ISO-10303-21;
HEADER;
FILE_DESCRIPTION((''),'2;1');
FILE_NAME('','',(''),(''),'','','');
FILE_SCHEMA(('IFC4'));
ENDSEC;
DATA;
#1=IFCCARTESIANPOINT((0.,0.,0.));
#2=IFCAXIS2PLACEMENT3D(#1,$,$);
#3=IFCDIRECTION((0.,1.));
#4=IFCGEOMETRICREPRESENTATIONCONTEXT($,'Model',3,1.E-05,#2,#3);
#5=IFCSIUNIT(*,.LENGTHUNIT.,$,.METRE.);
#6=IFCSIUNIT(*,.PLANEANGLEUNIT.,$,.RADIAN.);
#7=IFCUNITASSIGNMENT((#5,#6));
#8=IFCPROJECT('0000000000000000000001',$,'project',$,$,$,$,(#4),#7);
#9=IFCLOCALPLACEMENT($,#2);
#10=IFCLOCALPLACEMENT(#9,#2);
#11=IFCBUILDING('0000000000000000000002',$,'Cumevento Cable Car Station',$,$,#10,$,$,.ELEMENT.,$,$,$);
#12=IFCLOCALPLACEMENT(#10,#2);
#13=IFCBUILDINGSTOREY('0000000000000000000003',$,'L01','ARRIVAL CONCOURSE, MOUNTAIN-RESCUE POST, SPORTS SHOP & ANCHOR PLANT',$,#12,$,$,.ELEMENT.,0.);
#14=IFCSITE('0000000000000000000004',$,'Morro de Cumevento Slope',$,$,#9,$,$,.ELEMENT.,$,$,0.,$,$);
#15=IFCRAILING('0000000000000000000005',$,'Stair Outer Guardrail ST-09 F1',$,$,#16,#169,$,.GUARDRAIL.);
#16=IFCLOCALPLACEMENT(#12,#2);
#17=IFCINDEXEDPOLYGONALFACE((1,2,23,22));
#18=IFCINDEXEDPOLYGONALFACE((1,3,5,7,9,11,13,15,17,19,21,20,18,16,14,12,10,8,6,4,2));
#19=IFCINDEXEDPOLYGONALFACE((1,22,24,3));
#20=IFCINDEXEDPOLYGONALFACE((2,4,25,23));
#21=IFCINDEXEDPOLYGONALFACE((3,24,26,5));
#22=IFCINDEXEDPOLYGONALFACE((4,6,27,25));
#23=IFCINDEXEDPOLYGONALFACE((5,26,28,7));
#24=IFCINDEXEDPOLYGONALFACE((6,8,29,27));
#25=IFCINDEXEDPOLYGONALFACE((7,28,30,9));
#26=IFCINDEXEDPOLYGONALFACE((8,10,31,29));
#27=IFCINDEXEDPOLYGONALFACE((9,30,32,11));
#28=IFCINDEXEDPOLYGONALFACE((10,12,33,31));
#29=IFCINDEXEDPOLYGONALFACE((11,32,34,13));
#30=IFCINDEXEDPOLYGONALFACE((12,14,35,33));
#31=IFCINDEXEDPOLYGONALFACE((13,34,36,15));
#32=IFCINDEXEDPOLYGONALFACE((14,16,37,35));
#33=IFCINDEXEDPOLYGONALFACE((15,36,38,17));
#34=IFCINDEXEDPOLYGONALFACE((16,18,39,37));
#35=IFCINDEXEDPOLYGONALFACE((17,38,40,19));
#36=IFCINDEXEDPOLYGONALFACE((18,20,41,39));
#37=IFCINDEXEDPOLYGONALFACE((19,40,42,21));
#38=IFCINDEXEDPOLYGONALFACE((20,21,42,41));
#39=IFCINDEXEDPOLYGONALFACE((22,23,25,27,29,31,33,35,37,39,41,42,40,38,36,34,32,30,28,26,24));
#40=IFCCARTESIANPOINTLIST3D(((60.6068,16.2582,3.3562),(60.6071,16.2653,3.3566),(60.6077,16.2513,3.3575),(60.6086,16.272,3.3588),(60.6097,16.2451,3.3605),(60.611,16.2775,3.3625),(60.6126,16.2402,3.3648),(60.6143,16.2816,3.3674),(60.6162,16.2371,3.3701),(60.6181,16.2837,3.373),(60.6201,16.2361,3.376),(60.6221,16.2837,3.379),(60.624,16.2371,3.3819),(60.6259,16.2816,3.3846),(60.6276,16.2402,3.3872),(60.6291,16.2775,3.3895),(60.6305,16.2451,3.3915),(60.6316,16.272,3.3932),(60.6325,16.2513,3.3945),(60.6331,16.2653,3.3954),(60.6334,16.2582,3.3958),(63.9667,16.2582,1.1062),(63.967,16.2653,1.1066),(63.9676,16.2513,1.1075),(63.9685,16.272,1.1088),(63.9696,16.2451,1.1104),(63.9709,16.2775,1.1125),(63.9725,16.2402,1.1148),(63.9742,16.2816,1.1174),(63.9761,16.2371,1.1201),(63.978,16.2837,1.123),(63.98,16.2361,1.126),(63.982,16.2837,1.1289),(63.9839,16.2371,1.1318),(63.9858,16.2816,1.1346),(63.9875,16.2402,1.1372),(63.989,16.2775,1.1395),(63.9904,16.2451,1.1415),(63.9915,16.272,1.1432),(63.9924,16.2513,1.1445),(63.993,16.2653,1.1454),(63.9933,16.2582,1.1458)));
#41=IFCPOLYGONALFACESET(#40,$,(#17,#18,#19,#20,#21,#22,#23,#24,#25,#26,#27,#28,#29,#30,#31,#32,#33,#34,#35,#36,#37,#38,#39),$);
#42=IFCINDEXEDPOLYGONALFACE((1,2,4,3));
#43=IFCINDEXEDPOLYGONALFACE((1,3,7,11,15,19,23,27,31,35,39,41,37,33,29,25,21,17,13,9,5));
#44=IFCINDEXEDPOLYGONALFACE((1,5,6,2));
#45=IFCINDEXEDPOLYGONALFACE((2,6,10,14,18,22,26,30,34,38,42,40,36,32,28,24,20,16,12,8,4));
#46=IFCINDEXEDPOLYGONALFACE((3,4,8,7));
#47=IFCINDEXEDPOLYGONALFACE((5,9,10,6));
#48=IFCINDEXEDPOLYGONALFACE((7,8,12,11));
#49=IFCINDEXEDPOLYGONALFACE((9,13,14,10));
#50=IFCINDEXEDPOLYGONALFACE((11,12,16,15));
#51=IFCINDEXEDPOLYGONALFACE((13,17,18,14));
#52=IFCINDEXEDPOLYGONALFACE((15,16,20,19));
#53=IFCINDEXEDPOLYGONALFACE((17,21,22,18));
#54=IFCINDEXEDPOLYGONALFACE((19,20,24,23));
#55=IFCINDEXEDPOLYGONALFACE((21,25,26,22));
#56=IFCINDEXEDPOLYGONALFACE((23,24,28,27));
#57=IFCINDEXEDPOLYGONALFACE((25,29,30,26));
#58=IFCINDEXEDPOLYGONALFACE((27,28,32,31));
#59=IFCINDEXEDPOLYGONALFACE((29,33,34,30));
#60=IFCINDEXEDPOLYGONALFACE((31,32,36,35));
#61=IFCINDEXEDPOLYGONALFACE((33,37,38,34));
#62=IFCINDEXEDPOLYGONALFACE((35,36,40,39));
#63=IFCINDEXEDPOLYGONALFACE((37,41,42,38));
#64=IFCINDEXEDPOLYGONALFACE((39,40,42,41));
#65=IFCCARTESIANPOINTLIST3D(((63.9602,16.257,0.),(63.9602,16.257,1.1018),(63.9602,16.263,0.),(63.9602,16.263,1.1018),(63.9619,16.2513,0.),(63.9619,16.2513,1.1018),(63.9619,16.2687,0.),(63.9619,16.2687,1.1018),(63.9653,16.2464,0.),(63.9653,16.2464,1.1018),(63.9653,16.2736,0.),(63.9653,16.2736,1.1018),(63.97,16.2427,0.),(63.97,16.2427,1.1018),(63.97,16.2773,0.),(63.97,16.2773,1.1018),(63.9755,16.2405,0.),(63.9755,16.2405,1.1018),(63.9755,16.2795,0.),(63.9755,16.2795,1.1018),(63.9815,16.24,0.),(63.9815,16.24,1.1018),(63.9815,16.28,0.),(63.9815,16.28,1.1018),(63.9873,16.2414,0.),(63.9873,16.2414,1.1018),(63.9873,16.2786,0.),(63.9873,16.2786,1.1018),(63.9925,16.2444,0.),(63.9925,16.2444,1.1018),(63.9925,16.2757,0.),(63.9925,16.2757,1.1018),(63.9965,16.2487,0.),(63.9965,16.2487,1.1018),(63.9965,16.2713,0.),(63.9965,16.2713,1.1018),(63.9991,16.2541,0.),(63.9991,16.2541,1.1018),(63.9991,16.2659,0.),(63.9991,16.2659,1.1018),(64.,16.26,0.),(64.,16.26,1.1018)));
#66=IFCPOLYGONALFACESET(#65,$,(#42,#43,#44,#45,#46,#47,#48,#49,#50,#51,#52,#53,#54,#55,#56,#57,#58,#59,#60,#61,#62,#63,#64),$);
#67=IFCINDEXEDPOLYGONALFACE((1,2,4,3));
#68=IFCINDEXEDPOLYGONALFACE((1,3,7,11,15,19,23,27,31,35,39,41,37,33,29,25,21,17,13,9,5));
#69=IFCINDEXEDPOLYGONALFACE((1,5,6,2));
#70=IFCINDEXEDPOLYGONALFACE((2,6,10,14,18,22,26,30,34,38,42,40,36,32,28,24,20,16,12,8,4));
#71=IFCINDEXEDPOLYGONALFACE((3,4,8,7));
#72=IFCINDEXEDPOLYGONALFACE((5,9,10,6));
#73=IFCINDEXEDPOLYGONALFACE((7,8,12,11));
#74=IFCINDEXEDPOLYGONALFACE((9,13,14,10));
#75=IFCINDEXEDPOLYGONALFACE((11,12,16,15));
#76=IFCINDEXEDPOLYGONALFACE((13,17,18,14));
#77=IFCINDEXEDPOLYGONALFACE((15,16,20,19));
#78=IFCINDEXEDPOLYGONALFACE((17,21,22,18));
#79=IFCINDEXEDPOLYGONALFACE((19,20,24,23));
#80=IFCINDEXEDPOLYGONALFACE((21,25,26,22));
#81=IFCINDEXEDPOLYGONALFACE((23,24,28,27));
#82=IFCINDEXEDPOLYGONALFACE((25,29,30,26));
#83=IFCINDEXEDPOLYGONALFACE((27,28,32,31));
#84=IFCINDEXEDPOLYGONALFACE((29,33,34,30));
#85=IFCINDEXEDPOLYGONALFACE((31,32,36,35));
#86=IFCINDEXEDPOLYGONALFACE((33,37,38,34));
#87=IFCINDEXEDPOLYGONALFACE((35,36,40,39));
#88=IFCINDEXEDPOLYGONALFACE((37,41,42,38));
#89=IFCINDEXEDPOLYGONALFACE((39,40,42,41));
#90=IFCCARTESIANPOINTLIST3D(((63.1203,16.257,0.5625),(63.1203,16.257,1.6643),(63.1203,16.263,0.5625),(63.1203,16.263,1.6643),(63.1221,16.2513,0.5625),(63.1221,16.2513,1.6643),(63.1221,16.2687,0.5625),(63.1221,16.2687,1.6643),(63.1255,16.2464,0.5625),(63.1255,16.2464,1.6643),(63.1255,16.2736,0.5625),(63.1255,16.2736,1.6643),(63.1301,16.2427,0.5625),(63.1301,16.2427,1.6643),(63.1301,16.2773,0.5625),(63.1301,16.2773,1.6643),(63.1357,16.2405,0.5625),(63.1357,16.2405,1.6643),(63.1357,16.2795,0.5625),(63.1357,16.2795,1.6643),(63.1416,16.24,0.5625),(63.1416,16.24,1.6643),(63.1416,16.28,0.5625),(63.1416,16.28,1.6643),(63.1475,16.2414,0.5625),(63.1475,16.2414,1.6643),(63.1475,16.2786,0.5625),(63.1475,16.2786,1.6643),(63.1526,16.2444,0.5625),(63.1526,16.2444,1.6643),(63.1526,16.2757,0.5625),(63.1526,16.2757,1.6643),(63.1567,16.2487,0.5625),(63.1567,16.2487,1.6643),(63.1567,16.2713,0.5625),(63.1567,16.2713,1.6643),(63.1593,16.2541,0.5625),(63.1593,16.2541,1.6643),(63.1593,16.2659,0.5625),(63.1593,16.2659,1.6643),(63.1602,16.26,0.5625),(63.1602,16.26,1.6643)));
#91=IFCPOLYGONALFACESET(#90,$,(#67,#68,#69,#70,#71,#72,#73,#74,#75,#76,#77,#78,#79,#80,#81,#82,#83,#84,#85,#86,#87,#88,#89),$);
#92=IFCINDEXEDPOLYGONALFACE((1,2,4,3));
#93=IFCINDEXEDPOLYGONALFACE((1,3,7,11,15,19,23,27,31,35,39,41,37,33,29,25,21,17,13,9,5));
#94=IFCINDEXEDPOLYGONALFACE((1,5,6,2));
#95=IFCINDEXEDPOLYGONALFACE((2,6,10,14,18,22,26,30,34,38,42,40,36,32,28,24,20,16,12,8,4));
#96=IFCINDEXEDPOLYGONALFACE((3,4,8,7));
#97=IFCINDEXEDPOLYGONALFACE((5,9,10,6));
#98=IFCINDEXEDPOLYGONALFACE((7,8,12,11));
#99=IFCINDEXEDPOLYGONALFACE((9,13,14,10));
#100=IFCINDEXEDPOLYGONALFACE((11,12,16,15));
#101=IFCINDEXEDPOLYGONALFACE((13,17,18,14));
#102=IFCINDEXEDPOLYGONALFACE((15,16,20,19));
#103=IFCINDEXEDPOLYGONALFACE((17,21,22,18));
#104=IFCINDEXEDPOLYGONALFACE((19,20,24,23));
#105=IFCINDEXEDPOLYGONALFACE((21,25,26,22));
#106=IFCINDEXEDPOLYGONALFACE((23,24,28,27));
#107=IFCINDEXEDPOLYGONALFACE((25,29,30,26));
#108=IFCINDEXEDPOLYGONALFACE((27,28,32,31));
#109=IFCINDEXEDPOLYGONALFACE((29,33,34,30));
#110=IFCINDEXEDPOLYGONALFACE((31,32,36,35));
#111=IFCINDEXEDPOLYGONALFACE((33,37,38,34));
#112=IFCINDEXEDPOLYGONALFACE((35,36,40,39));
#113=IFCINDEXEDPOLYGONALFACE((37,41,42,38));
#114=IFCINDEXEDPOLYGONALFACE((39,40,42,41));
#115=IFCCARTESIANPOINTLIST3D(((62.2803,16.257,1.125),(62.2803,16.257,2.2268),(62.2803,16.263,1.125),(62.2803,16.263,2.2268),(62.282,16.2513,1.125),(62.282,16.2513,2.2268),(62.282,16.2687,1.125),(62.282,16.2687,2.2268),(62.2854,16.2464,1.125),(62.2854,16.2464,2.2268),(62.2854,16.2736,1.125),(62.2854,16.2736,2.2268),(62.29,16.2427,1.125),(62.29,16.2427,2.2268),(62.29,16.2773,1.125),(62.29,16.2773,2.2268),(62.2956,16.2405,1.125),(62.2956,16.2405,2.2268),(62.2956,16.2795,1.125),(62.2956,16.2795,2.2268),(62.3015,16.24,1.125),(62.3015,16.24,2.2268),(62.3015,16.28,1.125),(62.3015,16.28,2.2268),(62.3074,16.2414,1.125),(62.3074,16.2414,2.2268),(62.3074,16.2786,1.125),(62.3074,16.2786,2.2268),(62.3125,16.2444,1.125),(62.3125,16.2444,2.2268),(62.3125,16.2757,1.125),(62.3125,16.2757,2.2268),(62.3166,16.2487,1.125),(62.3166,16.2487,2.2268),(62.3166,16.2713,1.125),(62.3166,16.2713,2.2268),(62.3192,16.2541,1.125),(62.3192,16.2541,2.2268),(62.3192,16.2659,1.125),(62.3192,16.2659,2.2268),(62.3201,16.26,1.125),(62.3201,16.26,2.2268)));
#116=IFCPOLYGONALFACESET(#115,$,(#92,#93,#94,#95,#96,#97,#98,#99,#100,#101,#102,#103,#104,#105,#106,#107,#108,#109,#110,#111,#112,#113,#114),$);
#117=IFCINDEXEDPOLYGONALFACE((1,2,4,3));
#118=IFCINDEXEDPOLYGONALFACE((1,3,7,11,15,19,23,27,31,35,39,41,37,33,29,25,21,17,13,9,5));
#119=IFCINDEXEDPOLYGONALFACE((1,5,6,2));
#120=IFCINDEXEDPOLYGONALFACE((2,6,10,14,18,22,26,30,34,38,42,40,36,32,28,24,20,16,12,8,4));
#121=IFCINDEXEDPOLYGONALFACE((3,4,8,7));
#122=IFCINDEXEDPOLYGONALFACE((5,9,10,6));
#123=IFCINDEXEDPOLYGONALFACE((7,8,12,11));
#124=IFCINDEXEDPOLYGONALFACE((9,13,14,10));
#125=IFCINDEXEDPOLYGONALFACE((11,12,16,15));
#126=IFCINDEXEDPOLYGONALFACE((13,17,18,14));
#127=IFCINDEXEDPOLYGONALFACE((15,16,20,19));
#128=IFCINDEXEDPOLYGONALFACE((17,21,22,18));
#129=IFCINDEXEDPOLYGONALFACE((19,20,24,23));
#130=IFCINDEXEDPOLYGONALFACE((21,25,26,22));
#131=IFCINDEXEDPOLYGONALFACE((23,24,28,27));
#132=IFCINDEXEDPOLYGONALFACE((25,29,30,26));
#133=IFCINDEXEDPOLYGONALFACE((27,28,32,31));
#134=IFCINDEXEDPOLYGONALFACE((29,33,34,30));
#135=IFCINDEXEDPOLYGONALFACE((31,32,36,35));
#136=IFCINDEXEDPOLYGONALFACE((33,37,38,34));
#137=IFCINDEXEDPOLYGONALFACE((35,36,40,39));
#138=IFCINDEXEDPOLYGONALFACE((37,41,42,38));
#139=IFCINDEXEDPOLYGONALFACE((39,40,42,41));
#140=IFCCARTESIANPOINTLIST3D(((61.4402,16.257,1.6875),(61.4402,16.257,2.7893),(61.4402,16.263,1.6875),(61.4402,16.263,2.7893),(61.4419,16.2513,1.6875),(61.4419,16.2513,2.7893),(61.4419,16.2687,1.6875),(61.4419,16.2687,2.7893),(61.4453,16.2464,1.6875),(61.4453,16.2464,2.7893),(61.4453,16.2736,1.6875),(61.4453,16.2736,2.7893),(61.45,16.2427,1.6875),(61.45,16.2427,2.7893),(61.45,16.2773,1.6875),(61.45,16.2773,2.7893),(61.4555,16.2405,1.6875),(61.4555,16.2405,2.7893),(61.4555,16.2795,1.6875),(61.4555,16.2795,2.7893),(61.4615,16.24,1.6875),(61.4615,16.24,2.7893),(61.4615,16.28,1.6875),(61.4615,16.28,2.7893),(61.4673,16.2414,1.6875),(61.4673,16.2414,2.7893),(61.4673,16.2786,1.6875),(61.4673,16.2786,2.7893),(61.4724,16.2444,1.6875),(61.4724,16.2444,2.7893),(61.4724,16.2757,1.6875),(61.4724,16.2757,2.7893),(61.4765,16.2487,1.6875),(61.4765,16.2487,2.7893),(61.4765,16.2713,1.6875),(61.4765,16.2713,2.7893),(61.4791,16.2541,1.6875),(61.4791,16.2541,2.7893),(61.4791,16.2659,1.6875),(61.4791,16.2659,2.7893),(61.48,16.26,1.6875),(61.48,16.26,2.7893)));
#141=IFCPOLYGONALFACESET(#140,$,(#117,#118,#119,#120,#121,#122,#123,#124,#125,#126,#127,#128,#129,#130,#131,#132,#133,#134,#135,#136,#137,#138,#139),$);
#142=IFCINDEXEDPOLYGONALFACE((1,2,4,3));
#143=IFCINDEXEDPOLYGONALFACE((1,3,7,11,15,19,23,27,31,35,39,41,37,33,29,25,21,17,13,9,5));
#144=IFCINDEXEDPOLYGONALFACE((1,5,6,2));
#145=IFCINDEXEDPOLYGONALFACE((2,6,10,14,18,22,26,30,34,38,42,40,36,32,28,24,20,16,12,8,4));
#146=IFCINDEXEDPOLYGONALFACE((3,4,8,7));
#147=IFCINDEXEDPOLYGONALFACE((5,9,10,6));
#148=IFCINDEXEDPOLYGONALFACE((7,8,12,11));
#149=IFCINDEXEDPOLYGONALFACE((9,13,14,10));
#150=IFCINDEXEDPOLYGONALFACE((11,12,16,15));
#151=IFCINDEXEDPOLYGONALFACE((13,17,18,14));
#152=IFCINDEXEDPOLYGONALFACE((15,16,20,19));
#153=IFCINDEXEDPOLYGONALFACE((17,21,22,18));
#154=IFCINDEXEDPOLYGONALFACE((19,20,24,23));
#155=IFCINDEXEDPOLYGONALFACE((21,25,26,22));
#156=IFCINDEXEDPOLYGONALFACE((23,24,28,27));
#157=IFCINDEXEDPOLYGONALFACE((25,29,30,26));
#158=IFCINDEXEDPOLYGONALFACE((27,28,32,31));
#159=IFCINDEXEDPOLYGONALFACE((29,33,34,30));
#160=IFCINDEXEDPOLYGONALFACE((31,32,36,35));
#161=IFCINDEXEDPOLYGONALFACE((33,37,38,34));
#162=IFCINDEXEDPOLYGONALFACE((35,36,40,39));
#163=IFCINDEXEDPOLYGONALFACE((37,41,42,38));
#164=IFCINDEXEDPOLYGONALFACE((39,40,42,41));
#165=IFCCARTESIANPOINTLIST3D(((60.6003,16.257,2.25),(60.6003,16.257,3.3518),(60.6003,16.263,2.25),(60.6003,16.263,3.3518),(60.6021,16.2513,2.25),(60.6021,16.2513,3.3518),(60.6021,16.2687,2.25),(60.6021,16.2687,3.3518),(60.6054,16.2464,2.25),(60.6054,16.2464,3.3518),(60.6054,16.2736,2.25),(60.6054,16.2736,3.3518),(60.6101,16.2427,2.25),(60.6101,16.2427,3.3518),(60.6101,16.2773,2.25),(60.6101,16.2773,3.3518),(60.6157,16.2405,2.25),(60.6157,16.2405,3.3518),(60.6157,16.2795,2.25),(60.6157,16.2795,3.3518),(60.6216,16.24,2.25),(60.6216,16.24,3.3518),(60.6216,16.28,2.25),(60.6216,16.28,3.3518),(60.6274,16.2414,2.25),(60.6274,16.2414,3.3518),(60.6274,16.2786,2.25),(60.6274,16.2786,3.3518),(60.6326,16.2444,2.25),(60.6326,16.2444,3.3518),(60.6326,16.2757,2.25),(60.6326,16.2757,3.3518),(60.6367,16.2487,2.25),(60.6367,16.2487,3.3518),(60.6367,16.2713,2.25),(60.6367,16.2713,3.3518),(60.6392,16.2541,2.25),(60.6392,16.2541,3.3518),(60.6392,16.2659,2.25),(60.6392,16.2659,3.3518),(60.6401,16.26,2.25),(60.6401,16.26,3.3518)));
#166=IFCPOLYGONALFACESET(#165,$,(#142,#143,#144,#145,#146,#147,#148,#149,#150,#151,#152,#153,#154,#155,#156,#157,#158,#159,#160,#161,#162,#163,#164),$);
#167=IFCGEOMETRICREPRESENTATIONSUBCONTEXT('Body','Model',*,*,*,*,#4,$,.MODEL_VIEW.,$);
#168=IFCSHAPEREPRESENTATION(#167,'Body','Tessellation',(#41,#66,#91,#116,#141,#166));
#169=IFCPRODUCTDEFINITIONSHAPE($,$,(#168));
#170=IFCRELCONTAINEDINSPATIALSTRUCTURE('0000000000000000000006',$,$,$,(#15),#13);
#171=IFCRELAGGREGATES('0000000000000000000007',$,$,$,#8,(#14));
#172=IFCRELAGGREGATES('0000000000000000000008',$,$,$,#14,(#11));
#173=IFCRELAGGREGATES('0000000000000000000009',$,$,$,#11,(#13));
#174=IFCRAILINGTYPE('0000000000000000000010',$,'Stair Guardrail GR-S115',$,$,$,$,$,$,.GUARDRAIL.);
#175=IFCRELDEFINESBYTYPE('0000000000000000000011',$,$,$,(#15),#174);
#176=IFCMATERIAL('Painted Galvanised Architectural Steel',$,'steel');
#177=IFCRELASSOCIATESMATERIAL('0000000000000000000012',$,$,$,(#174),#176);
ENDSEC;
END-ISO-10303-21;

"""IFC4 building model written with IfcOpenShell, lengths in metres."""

from ifc_helpers import new_model, si_unit, direction, frame, origin, origin_2d, place, context, subcontext, project, spatial, circle, extrude, material, type_object, element, save


model = new_model("IFC4")

# Units and contexts
model_context = context("Model", 3, precision=1e-05, world=origin(), true_north=direction((0.0, 1.0)))
body_context = subcontext(model_context, "Body", "Model", "MODEL_VIEW")
ifc_project = project(units=[si_unit("LENGTHUNIT", "METRE"), si_unit("PLANEANGLEUNIT", "RADIAN")], contexts=[model_context])

# Site, building, storey
site_placement = place(None, origin())
site = spatial("IfcSite", under=ifc_project, at=site_placement, Name="Morro de Cumevento Slope", CompositionType="ELEMENT", RefElevation=0.0)
building_placement = place(site_placement, origin())
building = spatial("IfcBuilding", under=site, at=building_placement, Name="Cumevento Cable Car Station", CompositionType="ELEMENT")
storey_placement = place(building_placement, origin())
storey = spatial("IfcBuildingStorey", under=building, at=storey_placement, Name="L01", Description="ARRIVAL CONCOURSE, MOUNTAIN-RESCUE POST, SPORTS SHOP & ANCHOR PLANT", CompositionType="ELEMENT", Elevation=0.0)

# Railing
ifc_material_1 = material(Name="Painted Galvanised Architectural Steel", Category="steel")
railing_type_1 = type_object("IfcRailingType", Name="Stair Guardrail GR-S115", PredefinedType="GUARDRAIL", material=ifc_material_1)
railing_1_placement = place(storey_placement, frame((63.98, 16.26, 0.0)))
element("IfcRailing", 1, at=railing_1_placement, inside=storey, type_object=railing_type_1, Name="Stair Outer Guardrail ST-09 F1", PredefinedType="GUARDRAIL", context=body_context, shape_type="SweptSolid", body=[
    extrude(circle(Radius=0.0239, at=origin_2d()), frame((0.0, 0.0, 1.126), z_axis=(-0.830897, 0.0, 0.556427), x_axis=(0.0, -1.0, 0.0)), (0.0, 0.0, 1.0), 4.0437),
    extrude(circle(Radius=0.02, at=origin_2d()), origin(), (0.0, 0.0, 1.0), 1.1018),
    extrude(circle(Radius=0.02, at=origin_2d()), frame((-0.8398, 0.0, 0.5625)), (0.0, 0.0, 1.0), 1.1018),
    extrude(circle(Radius=0.02, at=origin_2d()), frame((-1.6799, 0.0, 1.125)), (0.0, 0.0, 1.0), 1.1018),
    extrude(circle(Radius=0.02, at=origin_2d()), frame((-2.52, 0.0, 1.6875)), (0.0, 0.0, 1.0), 1.1018),
    extrude(circle(Radius=0.02, at=origin_2d()), frame((-3.3599, 0.0, 2.25)), (0.0, 0.0, 1.0), 1.1018),
])

save(model, "model.ifc")
